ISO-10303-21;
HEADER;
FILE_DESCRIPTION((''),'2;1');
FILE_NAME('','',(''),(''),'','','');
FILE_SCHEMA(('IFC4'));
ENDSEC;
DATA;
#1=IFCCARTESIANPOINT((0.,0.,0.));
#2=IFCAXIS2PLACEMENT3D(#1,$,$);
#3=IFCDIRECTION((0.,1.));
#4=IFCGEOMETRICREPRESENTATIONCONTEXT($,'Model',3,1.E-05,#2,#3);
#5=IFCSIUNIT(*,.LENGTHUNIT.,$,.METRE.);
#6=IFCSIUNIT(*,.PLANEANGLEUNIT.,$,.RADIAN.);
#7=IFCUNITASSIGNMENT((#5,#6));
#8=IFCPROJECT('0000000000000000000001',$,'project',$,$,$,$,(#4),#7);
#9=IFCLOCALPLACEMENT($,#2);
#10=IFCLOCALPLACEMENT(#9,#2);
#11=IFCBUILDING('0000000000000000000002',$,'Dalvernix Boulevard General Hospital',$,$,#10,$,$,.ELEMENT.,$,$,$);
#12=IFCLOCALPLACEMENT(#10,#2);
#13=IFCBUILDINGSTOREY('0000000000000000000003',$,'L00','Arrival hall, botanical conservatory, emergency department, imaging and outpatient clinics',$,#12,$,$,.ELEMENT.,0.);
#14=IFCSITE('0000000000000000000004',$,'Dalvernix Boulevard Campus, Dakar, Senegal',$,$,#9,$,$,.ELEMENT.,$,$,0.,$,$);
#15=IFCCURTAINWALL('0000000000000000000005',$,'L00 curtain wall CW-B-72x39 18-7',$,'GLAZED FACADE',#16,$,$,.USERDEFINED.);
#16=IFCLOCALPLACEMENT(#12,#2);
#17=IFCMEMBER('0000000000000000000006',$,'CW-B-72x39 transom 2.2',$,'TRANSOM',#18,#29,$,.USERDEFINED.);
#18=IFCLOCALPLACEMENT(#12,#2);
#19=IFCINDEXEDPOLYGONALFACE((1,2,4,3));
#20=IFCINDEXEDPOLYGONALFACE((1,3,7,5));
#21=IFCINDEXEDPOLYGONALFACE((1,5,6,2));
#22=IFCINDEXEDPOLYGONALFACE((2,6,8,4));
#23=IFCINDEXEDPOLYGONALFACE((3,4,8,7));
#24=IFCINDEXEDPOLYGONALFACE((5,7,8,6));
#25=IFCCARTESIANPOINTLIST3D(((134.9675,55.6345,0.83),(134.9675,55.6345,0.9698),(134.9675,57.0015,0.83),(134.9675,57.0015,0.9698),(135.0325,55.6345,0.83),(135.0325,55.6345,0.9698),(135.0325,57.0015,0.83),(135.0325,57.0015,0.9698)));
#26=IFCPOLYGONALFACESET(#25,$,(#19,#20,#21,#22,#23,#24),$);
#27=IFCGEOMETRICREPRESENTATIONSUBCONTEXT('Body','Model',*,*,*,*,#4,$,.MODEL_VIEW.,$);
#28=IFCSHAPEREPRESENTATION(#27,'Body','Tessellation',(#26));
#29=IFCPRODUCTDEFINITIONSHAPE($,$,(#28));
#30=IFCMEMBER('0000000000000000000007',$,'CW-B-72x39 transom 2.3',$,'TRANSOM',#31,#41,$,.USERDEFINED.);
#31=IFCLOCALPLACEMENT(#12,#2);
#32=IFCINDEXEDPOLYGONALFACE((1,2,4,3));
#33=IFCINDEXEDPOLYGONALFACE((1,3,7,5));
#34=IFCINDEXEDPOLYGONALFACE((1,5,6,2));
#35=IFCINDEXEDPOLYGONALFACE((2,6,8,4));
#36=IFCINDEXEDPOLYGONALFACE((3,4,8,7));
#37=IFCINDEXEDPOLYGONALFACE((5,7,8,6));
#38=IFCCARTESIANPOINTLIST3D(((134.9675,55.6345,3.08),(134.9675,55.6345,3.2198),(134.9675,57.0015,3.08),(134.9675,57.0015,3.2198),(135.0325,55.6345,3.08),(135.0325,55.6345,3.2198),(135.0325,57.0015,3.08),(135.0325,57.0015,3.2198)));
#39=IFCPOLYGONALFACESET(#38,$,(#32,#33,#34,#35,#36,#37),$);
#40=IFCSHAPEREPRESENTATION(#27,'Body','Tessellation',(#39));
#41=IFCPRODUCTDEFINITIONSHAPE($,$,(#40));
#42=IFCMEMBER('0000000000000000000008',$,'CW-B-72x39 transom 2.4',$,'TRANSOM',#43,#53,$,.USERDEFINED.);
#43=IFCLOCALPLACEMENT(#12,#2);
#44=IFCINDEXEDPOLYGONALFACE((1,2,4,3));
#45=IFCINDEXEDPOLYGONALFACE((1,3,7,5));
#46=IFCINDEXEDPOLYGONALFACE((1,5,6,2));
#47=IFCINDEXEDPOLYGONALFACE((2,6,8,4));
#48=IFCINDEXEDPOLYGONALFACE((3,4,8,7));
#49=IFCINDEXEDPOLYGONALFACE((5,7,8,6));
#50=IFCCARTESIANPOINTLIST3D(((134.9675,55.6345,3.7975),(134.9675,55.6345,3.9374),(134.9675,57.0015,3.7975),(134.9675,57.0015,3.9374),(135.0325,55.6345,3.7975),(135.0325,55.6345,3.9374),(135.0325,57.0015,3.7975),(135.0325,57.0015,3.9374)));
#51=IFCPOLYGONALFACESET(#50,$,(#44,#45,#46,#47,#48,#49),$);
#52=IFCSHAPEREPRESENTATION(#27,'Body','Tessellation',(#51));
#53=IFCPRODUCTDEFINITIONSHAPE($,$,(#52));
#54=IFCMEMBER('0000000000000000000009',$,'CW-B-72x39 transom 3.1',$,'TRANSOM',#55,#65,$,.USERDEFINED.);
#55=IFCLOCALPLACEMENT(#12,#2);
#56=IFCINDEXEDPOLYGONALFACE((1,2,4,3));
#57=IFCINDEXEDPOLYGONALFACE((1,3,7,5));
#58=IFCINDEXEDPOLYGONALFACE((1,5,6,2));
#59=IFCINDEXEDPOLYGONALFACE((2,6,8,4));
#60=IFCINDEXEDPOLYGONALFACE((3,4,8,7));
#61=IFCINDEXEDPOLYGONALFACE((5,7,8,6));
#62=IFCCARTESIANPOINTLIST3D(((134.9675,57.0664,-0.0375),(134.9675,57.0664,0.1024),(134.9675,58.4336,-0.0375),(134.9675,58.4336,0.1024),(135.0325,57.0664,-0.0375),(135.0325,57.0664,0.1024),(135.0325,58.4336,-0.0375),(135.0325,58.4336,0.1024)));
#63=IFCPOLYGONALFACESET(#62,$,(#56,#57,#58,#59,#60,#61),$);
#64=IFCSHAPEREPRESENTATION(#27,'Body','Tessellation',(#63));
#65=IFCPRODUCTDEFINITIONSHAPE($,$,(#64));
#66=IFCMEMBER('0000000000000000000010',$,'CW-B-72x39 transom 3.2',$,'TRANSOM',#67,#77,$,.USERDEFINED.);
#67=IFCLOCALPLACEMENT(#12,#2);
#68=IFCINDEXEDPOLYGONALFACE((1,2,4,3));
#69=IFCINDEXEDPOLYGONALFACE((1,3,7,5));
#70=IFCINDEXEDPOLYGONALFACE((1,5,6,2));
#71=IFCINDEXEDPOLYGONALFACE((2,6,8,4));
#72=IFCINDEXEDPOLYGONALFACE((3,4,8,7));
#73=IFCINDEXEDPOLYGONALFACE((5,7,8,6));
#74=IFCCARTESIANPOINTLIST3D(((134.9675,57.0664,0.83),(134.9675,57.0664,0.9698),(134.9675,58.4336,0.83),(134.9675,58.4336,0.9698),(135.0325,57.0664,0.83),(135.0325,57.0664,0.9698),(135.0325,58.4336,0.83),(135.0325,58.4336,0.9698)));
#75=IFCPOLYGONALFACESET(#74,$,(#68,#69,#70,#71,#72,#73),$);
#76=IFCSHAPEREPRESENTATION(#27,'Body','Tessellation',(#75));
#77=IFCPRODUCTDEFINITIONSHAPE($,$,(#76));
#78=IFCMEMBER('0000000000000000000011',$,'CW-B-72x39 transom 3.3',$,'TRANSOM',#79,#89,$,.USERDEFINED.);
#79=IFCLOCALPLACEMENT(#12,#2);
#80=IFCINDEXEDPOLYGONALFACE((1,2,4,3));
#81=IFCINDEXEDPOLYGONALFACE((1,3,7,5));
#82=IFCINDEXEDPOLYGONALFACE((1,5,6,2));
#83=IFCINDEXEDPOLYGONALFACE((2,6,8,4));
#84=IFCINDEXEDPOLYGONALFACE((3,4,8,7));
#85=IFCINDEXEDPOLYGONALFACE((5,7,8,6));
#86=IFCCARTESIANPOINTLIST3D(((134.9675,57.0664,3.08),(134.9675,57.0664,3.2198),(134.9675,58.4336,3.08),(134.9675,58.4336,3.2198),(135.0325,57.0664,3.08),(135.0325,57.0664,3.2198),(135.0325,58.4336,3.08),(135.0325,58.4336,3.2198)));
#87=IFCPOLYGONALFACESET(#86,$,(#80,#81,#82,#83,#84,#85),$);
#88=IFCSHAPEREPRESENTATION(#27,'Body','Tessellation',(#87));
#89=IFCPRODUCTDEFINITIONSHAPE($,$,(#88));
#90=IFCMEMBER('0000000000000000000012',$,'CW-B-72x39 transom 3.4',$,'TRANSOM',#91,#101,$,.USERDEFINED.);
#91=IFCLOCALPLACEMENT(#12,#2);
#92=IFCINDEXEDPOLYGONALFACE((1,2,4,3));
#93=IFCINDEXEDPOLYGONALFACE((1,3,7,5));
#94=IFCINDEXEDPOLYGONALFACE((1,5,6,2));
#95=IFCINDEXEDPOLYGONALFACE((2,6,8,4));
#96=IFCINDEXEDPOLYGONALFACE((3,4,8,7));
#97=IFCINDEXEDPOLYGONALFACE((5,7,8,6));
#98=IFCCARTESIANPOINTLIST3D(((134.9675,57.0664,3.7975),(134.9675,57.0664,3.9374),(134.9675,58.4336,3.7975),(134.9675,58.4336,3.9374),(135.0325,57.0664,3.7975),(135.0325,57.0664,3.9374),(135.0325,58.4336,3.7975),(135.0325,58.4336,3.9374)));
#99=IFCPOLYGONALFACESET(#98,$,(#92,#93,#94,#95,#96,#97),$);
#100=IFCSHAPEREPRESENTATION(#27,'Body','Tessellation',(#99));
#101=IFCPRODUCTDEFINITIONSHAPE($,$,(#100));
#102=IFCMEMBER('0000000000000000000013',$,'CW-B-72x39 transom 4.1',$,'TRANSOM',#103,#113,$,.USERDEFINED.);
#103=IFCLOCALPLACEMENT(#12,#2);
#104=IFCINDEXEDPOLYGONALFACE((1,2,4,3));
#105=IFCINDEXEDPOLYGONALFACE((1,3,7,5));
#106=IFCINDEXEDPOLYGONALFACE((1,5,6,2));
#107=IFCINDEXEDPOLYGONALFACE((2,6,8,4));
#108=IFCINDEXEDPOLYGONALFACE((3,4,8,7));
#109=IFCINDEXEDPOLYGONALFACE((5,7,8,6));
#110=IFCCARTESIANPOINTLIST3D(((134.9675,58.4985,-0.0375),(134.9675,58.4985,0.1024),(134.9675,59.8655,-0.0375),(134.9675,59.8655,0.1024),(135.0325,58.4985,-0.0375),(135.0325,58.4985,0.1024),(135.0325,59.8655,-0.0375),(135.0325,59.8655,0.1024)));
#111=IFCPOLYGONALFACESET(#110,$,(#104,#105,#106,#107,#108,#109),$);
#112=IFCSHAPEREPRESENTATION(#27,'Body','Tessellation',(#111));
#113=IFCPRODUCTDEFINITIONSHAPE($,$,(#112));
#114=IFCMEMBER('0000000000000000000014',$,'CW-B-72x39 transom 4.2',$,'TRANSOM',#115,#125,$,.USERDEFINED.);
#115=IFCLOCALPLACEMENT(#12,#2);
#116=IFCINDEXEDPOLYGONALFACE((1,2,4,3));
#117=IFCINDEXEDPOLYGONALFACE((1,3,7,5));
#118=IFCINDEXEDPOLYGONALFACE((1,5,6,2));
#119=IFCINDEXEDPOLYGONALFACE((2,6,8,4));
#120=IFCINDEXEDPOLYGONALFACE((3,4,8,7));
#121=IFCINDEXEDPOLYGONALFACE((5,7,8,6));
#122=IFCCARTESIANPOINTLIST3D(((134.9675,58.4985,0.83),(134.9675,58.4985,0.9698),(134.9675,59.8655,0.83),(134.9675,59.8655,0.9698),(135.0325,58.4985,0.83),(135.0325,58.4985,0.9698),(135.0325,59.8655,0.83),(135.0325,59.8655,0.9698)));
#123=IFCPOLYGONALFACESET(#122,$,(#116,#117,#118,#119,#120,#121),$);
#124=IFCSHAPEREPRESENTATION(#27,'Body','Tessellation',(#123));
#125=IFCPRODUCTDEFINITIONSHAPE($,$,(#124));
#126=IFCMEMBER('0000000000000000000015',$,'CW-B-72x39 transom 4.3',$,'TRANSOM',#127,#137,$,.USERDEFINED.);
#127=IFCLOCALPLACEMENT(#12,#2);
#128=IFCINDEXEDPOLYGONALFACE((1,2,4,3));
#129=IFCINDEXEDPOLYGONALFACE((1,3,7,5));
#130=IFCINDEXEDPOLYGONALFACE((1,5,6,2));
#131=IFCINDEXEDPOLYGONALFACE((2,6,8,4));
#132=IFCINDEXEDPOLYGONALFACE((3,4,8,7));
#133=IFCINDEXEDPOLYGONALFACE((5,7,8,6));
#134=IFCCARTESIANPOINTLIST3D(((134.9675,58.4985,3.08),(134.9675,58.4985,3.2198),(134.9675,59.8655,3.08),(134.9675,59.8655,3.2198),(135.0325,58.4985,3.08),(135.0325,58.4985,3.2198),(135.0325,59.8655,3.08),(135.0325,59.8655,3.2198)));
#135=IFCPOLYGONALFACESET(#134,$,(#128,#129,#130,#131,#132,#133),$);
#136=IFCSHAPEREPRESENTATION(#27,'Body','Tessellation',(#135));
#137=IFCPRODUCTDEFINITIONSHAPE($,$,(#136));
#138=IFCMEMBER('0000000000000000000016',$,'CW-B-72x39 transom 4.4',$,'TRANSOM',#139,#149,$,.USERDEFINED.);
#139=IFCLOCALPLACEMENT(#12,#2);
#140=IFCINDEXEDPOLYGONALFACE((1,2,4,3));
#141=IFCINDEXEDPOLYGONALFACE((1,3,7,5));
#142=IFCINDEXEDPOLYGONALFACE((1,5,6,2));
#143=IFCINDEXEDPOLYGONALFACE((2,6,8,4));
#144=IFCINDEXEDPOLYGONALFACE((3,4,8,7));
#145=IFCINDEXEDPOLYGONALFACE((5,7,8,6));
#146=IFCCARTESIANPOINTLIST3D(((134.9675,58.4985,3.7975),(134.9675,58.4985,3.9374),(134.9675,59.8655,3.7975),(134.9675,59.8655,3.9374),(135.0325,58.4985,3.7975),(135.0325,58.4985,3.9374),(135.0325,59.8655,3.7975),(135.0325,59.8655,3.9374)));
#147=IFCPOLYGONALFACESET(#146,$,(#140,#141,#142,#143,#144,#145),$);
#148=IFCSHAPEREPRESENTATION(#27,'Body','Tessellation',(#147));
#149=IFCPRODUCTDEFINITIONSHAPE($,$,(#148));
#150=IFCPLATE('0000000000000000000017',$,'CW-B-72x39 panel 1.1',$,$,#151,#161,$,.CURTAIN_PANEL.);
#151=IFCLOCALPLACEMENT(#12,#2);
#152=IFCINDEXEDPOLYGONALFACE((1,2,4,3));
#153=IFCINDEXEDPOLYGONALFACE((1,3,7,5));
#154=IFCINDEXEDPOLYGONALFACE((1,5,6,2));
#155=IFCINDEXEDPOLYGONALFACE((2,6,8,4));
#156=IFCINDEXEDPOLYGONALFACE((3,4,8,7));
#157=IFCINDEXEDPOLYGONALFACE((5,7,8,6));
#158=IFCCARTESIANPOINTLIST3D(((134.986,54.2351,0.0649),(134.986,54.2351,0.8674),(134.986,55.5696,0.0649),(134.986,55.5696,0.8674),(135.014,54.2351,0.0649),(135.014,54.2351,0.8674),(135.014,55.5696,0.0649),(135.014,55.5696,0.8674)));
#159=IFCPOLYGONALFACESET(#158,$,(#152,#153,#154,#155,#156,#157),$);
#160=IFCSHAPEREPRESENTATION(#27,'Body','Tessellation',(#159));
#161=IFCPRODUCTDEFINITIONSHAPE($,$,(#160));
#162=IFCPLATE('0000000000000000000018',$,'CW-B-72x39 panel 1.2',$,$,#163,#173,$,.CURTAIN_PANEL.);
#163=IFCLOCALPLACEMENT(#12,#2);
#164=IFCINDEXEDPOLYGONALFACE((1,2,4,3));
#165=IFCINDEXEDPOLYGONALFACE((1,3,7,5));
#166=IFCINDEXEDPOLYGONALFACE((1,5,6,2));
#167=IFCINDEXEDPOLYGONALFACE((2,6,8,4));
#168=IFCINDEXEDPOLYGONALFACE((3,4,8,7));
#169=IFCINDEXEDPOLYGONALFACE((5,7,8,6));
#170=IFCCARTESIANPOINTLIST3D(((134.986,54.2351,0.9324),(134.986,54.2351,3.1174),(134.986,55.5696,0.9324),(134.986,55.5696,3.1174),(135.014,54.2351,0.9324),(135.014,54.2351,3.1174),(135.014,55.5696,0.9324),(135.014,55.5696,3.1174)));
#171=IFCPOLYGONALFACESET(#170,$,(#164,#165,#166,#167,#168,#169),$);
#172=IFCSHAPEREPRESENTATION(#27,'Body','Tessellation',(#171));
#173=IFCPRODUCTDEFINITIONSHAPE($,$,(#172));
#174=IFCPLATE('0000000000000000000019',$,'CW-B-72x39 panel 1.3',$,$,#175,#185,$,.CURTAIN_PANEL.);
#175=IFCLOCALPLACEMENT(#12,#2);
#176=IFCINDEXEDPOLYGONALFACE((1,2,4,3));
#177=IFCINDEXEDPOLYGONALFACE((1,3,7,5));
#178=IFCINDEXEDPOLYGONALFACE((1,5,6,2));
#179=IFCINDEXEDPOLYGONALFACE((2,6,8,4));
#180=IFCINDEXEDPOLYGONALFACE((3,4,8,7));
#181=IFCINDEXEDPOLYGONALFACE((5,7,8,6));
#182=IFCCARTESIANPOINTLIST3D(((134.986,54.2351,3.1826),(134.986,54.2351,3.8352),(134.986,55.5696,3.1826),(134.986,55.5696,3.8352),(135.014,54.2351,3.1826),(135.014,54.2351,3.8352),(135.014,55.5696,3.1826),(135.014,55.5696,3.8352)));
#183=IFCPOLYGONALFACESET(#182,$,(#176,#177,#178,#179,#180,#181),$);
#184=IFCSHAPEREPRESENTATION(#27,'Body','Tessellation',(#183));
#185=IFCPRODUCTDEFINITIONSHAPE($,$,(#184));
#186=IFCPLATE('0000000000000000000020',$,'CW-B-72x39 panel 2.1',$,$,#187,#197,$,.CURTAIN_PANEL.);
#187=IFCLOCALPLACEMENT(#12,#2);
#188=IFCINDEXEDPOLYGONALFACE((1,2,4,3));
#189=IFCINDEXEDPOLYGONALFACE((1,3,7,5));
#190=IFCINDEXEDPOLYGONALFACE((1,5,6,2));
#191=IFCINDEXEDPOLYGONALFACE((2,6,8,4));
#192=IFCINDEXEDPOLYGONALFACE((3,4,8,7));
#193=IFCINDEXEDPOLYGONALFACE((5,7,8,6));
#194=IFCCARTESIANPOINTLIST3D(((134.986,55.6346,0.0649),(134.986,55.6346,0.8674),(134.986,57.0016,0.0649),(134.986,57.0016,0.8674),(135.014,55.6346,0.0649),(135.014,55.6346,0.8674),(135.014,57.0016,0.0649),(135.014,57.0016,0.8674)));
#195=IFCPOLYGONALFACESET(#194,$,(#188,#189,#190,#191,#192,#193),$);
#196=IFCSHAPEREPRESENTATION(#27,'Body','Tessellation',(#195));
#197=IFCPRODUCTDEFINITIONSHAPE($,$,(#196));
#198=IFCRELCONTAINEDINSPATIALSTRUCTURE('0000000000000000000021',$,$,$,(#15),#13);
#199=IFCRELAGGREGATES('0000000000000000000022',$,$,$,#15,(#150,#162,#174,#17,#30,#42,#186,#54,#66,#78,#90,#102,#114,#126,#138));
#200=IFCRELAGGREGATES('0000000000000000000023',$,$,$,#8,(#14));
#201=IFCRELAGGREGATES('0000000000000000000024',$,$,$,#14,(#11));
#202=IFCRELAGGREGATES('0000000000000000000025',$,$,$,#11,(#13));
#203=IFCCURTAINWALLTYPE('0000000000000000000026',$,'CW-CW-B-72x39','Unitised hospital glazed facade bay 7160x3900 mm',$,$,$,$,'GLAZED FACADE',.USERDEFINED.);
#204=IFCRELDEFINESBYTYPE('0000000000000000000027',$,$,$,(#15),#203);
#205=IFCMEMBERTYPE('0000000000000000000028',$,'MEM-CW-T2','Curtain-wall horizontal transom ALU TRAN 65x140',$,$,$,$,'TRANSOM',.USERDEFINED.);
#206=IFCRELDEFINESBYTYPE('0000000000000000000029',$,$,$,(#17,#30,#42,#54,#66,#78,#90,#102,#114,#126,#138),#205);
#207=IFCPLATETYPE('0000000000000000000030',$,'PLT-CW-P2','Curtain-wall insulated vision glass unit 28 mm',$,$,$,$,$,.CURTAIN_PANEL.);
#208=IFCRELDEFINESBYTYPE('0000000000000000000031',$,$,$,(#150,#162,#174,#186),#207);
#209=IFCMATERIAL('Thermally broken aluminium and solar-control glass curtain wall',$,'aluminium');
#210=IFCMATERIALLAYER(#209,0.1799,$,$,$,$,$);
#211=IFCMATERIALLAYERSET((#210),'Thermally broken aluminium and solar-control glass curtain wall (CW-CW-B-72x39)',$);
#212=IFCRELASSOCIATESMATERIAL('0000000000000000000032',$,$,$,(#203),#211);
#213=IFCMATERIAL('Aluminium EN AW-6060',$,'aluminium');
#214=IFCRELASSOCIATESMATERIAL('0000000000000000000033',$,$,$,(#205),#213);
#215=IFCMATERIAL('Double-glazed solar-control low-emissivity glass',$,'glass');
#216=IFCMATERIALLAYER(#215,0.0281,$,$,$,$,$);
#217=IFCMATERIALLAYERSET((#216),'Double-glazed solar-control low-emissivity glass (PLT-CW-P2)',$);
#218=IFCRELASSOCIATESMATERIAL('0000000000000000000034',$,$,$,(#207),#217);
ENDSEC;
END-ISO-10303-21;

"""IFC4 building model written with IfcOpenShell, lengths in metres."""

from ifc_helpers import new_model, si_unit, direction, frame, origin, origin_2d, place, context, subcontext, project, spatial, rectangle, extrude, material, layer, layer_set, material_profile, profile_set, type_object, element, aggregate, save


model = new_model("IFC4")

# Units and contexts
model_context = context("Model", 3, precision=1e-05, world=origin(), true_north=direction((0.0, 1.0)))
body_context = subcontext(model_context, "Body", "Model", "MODEL_VIEW")
ifc_project = project(units=[si_unit("LENGTHUNIT", "METRE"), si_unit("PLANEANGLEUNIT", "RADIAN")], contexts=[model_context])

# Site, building, storey
site_placement = place(None, origin())
site = spatial("IfcSite", under=ifc_project, at=site_placement, Name="Dalvernix Boulevard Campus, Dakar, Senegal", CompositionType="ELEMENT", RefElevation=0.0)
building_placement = place(site_placement, origin())
building = spatial("IfcBuilding", under=site, at=building_placement, Name="Dalvernix Boulevard General Hospital", CompositionType="ELEMENT")
storey_placement = place(building_placement, origin())
storey = spatial("IfcBuildingStorey", under=building, at=storey_placement, Name="L00", Description="Arrival hall, botanical conservatory, emergency department, imaging and outpatient clinics", CompositionType="ELEMENT", Elevation=0.0)

# Curtain wall, members, plates
ifc_material_1 = material(Name="Thermally broken aluminium and solar-control glass curtain wall", Category="aluminium")
ifc_layer_1 = layer(ifc_material_1, 0.1799)
ifc_layer_set_1 = layer_set([ifc_layer_1], Name="Thermally broken aluminium and solar-control glass curtain wall (CW-CW-B-72x39)")
curtain_wall_type = type_object("IfcCurtainWallType", Name="CW-CW-B-72x39", Description="Unitised hospital glazed facade bay 7160x3900 mm", ElementType="GLAZED FACADE", PredefinedType="USERDEFINED", material=ifc_layer_set_1)
curtain_wall_placement = place(storey_placement, origin())
curtain_wall = element("IfcCurtainWall", 1, at=curtain_wall_placement, inside=storey, type_object=curtain_wall_type, Name="L00 curtain wall CW-B-72x39 18-7", ObjectType="GLAZED FACADE", PredefinedType="USERDEFINED")
ifc_material_2 = material(Name="Aluminium EN AW-6060", Category="aluminium")
ifc_material_profile_1 = material_profile(ifc_material_2, rectangle(XDim=0.0649, YDim=0.1399, at=origin_2d()), Name="ALU TRAN 65x140")
ifc_profile_set_1 = profile_set([ifc_material_profile_1], Name="Aluminium EN AW-6060")
member_type_1 = type_object("IfcMemberType", Name="MEM-CW-T2", Description="Curtain-wall horizontal transom ALU TRAN 65x140", ElementType="TRANSOM", PredefinedType="USERDEFINED", material=ifc_profile_set_1)
member_1_placement = place(storey_placement, frame((135.0, 55.6345, 0.8999), z_axis=(0.0, 1.0, 0.0), x_axis=(-1.0, 0.0, 0.0)))
member_1 = element("IfcMember", 2, at=member_1_placement, type_object=member_type_1, Name="CW-B-72x39 transom 2.2", ObjectType="TRANSOM", PredefinedType="USERDEFINED", context=body_context, shape_type="SweptSolid", body=[
    extrude(rectangle(XDim=0.0649, YDim=0.1399, at=origin_2d()), origin(), (0.0, 0.0, 1.0), 1.3669),
])
member_2_placement = place(storey_placement, frame((135.0, 55.6345, 3.1499), z_axis=(0.0, 1.0, 0.0), x_axis=(-1.0, 0.0, 0.0)))
member_2 = element("IfcMember", 3, at=member_2_placement, type_object=member_type_1, Name="CW-B-72x39 transom 2.3", ObjectType="TRANSOM", PredefinedType="USERDEFINED", context=body_context, shape_type="SweptSolid", body=[
    extrude(rectangle(XDim=0.0649, YDim=0.1399, at=origin_2d()), origin(), (0.0, 0.0, 1.0), 1.3669),
])
member_3_placement = place(storey_placement, frame((135.0, 55.6345, 3.8674), z_axis=(0.0, 1.0, 0.0), x_axis=(-1.0, 0.0, 0.0)))
member_3 = element("IfcMember", 4, at=member_3_placement, type_object=member_type_1, Name="CW-B-72x39 transom 2.4", ObjectType="TRANSOM", PredefinedType="USERDEFINED", context=body_context, shape_type="SweptSolid", body=[
    extrude(rectangle(XDim=0.0649, YDim=0.1399, at=origin_2d()), origin(), (0.0, 0.0, 1.0), 1.3669),
])
member_4_placement = place(storey_placement, frame((135.0, 57.0664, 0.0325), z_axis=(0.0, 1.0, 0.0), x_axis=(-1.0, 0.0, 0.0)))
member_4 = element("IfcMember", 5, at=member_4_placement, type_object=member_type_1, Name="CW-B-72x39 transom 3.1", ObjectType="TRANSOM", PredefinedType="USERDEFINED", context=body_context, shape_type="SweptSolid", body=[
    extrude(rectangle(XDim=0.0649, YDim=0.1399, at=origin_2d()), origin(), (0.0, 0.0, 1.0), 1.3672),
])
member_5_placement = place(storey_placement, frame((135.0, 57.0664, 0.8999), z_axis=(0.0, 1.0, 0.0), x_axis=(-1.0, 0.0, 0.0)))
member_5 = element("IfcMember", 6, at=member_5_placement, type_object=member_type_1, Name="CW-B-72x39 transom 3.2", ObjectType="TRANSOM", PredefinedType="USERDEFINED", context=body_context, shape_type="SweptSolid", body=[
    extrude(rectangle(XDim=0.0649, YDim=0.1399, at=origin_2d()), origin(), (0.0, 0.0, 1.0), 1.3672),
])
member_6_placement = place(storey_placement, frame((135.0, 57.0664, 3.1499), z_axis=(0.0, 1.0, 0.0), x_axis=(-1.0, 0.0, 0.0)))
member_6 = element("IfcMember", 7, at=member_6_placement, type_object=member_type_1, Name="CW-B-72x39 transom 3.3", ObjectType="TRANSOM", PredefinedType="USERDEFINED", context=body_context, shape_type="SweptSolid", body=[
    extrude(rectangle(XDim=0.0649, YDim=0.1399, at=origin_2d()), origin(), (0.0, 0.0, 1.0), 1.3672),
])
member_7_placement = place(storey_placement, frame((135.0, 57.0664, 3.8674), z_axis=(0.0, 1.0, 0.0), x_axis=(-1.0, 0.0, 0.0)))
member_7 = element("IfcMember", 8, at=member_7_placement, type_object=member_type_1, Name="CW-B-72x39 transom 3.4", ObjectType="TRANSOM", PredefinedType="USERDEFINED", context=body_context, shape_type="SweptSolid", body=[
    extrude(rectangle(XDim=0.0649, YDim=0.1399, at=origin_2d()), origin(), (0.0, 0.0, 1.0), 1.3672),
])
member_8_placement = place(storey_placement, frame((135.0, 58.4985, 0.0325), z_axis=(0.0, 1.0, 0.0), x_axis=(-1.0, 0.0, 0.0)))
member_8 = element("IfcMember", 9, at=member_8_placement, type_object=member_type_1, Name="CW-B-72x39 transom 4.1", ObjectType="TRANSOM", PredefinedType="USERDEFINED", context=body_context, shape_type="SweptSolid", body=[
    extrude(rectangle(XDim=0.0649, YDim=0.1399, at=origin_2d()), origin(), (0.0, 0.0, 1.0), 1.3669),
])
member_9_placement = place(storey_placement, frame((135.0, 58.4985, 0.8999), z_axis=(0.0, 1.0, 0.0), x_axis=(-1.0, 0.0, 0.0)))
member_9 = element("IfcMember", 10, at=member_9_placement, type_object=member_type_1, Name="CW-B-72x39 transom 4.2", ObjectType="TRANSOM", PredefinedType="USERDEFINED", context=body_context, shape_type="SweptSolid", body=[
    extrude(rectangle(XDim=0.0649, YDim=0.1399, at=origin_2d()), origin(), (0.0, 0.0, 1.0), 1.3669),
])
member_10_placement = place(storey_placement, frame((135.0, 58.4985, 3.1499), z_axis=(0.0, 1.0, 0.0), x_axis=(-1.0, 0.0, 0.0)))
member_10 = element("IfcMember", 11, at=member_10_placement, type_object=member_type_1, Name="CW-B-72x39 transom 4.3", ObjectType="TRANSOM", PredefinedType="USERDEFINED", context=body_context, shape_type="SweptSolid", body=[
    extrude(rectangle(XDim=0.0649, YDim=0.1399, at=origin_2d()), origin(), (0.0, 0.0, 1.0), 1.3669),
])
member_11_placement = place(storey_placement, frame((135.0, 58.4985, 3.8674), z_axis=(0.0, 1.0, 0.0), x_axis=(-1.0, 0.0, 0.0)))
member_11 = element("IfcMember", 12, at=member_11_placement, type_object=member_type_1, Name="CW-B-72x39 transom 4.4", ObjectType="TRANSOM", PredefinedType="USERDEFINED", context=body_context, shape_type="SweptSolid", body=[
    extrude(rectangle(XDim=0.0649, YDim=0.1399, at=origin_2d()), origin(), (0.0, 0.0, 1.0), 1.3669),
])
ifc_material_3 = material(Name="Double-glazed solar-control low-emissivity glass", Category="glass")
ifc_layer_2 = layer(ifc_material_3, 0.0281)
ifc_layer_set_2 = layer_set([ifc_layer_2], Name="Double-glazed solar-control low-emissivity glass (PLT-CW-P2)")
plate_type = type_object("IfcPlateType", Name="PLT-CW-P2", Description="Curtain-wall insulated vision glass unit 28 mm", PredefinedType="CURTAIN_PANEL", material=ifc_layer_set_2)
plate_1_placement = place(storey_placement, frame((135.0, 54.9023, 0.0649), z_axis=(0.0, 0.0, 1.0), x_axis=(0.0, 1.0, 0.0)))
plate_1 = element("IfcPlate", 13, at=plate_1_placement, type_object=plate_type, Name="CW-B-72x39 panel 1.1", PredefinedType="CURTAIN_PANEL", context=body_context, shape_type="SweptSolid", body=[
    extrude(rectangle(XDim=1.3345, YDim=0.0281, at=origin_2d()), origin(), (0.0, 0.0, 1.0), 0.8025),
])
plate_2_placement = place(storey_placement, frame((135.0, 54.9023, 0.9324), z_axis=(0.0, 0.0, 1.0), x_axis=(0.0, 1.0, 0.0)))
plate_2 = element("IfcPlate", 14, at=plate_2_placement, type_object=plate_type, Name="CW-B-72x39 panel 1.2", PredefinedType="CURTAIN_PANEL", context=body_context, shape_type="SweptSolid", body=[
    extrude(rectangle(XDim=1.3345, YDim=0.0281, at=origin_2d()), origin(), (0.0, 0.0, 1.0), 2.1851),
])
plate_3_placement = place(storey_placement, frame((135.0, 54.9023, 3.1826), z_axis=(0.0, 0.0, 1.0), x_axis=(0.0, 1.0, 0.0)))
plate_3 = element("IfcPlate", 15, at=plate_3_placement, type_object=plate_type, Name="CW-B-72x39 panel 1.3", PredefinedType="CURTAIN_PANEL", context=body_context, shape_type="SweptSolid", body=[
    extrude(rectangle(XDim=1.3345, YDim=0.0281, at=origin_2d()), origin(), (0.0, 0.0, 1.0), 0.6526),
])
plate_4_placement = place(storey_placement, frame((135.0, 56.3181, 0.0649), z_axis=(0.0, 0.0, 1.0), x_axis=(0.0, 1.0, 0.0)))
plate_4 = element("IfcPlate", 16, at=plate_4_placement, type_object=plate_type, Name="CW-B-72x39 panel 2.1", PredefinedType="CURTAIN_PANEL", context=body_context, shape_type="SweptSolid", body=[
    extrude(rectangle(XDim=1.3669, YDim=0.0281, at=origin_2d()), origin(), (0.0, 0.0, 1.0), 0.8025),
])
aggregate(curtain_wall, [plate_1, plate_2, plate_3, member_1, member_2, member_3, plate_4, member_4, member_5, member_6, member_7, member_8, member_9, member_10, member_11])

save(model, "model.ifc")
